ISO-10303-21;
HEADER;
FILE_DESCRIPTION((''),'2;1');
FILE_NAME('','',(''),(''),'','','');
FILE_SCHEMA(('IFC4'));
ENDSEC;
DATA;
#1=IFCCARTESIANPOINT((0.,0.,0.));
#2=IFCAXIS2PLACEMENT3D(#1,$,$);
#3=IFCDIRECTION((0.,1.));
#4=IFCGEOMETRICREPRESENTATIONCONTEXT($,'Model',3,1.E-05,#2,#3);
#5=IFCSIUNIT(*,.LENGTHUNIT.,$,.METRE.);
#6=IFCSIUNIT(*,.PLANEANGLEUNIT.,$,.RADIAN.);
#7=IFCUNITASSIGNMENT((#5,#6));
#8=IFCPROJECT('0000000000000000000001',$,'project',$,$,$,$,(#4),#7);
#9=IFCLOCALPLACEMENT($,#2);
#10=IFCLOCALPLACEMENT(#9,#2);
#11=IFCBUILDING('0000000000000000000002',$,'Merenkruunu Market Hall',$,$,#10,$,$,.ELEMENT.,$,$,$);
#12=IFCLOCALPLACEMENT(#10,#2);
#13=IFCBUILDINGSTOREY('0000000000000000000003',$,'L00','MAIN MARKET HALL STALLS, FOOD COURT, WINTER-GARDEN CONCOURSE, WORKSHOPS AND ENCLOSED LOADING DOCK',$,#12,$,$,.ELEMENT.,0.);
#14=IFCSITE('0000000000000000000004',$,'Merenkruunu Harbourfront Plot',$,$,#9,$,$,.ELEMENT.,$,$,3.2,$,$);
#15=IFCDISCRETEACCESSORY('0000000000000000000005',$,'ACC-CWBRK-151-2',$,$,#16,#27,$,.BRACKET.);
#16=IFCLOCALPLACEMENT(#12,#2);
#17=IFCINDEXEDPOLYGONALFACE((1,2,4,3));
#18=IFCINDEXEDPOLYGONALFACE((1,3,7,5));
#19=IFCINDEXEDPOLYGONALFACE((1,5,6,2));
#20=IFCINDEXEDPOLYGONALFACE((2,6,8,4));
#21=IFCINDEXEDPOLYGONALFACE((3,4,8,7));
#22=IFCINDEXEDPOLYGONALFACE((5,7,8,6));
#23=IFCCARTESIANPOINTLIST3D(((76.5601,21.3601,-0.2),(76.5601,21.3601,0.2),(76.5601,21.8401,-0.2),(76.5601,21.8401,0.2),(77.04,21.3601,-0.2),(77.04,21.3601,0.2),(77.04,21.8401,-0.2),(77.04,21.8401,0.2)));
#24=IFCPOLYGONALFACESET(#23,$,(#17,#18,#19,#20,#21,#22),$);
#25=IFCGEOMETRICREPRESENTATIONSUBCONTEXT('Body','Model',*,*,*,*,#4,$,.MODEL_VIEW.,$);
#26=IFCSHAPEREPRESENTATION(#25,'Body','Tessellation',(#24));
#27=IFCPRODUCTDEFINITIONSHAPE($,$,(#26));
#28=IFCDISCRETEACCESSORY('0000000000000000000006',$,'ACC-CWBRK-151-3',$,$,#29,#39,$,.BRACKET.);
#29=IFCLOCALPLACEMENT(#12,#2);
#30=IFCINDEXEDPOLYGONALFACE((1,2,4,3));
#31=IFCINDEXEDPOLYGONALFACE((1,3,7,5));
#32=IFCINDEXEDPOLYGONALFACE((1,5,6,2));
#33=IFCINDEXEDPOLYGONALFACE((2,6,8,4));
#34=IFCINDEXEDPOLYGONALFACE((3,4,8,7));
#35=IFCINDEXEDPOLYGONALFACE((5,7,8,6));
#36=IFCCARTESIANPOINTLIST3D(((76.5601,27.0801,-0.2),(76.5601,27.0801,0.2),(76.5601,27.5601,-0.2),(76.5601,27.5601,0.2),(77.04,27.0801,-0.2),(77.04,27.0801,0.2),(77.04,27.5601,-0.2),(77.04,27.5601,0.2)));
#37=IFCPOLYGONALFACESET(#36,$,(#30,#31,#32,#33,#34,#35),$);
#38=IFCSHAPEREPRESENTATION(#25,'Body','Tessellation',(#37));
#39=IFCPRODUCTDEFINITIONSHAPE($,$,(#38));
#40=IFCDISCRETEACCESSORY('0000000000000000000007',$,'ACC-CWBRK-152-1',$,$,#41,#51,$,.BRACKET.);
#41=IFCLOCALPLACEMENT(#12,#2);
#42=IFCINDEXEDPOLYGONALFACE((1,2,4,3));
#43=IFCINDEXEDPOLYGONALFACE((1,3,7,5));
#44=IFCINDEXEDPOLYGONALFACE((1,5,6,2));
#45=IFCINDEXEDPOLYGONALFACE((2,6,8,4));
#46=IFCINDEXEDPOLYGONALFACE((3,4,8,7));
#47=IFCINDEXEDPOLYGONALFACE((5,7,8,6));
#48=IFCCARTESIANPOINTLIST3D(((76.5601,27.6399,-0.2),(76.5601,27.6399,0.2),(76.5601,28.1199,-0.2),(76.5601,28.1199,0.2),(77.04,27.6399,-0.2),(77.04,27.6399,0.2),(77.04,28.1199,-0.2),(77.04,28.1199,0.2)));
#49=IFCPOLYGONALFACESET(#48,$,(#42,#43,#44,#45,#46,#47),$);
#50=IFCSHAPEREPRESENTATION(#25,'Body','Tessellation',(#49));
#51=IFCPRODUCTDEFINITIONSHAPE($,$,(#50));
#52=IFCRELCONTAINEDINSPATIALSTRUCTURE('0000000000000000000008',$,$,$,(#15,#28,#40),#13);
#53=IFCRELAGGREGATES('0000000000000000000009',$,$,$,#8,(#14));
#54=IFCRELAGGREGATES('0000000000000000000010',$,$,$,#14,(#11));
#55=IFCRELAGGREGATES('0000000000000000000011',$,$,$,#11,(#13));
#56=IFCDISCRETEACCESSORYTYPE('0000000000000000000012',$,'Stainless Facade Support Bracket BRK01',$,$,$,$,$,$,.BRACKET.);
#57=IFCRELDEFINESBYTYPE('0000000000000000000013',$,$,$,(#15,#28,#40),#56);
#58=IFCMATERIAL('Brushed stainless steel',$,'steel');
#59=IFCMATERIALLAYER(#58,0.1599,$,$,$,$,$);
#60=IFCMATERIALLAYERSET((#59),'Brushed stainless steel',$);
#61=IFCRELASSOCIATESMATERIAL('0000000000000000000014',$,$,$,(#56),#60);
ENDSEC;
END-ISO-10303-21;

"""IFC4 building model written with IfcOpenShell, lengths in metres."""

from ifc_helpers import new_model, si_unit, direction, frame, origin, origin_2d, place, context, subcontext, project, spatial, rectangle, extrude, material, layer, layer_set, type_object, element, save


model = new_model("IFC4")

# Units and contexts
model_context = context("Model", 3, precision=1e-05, world=origin(), true_north=direction((0.0, 1.0)))
body_context = subcontext(model_context, "Body", "Model", "MODEL_VIEW")
ifc_project = project(units=[si_unit("LENGTHUNIT", "METRE"), si_unit("PLANEANGLEUNIT", "RADIAN")], contexts=[model_context])

# Site, building, storey
site_placement = place(None, origin())
site = spatial("IfcSite", under=ifc_project, at=site_placement, Name="Merenkruunu Harbourfront Plot", CompositionType="ELEMENT", RefElevation=3.2)
building_placement = place(site_placement, origin())
building = spatial("IfcBuilding", under=site, at=building_placement, Name="Merenkruunu Market Hall", CompositionType="ELEMENT")
storey_placement = place(building_placement, origin())
storey = spatial("IfcBuildingStorey", under=building, at=storey_placement, Name="L00", Description="MAIN MARKET HALL STALLS, FOOD COURT, WINTER-GARDEN CONCOURSE, WORKSHOPS AND ENCLOSED LOADING DOCK", CompositionType="ELEMENT", Elevation=0.0)

# Discrete accessories
ifc_material_1 = material(Name="Brushed stainless steel", Category="steel")
ifc_layer_1 = layer(ifc_material_1, 0.1599)
ifc_layer_set_1 = layer_set([ifc_layer_1], Name="Brushed stainless steel")
discrete_accessory_type = type_object("IfcDiscreteAccessoryType", Name="Stainless Facade Support Bracket BRK01", PredefinedType="BRACKET", material=ifc_layer_set_1)
for number, where, z_axis, x_axis, name in (
    (1, (76.8, 21.6001, -0.2), (0.0, 0.0, 1.0), (1.0, 0.0, 0.0), "ACC-CWBRK-151-2"),
    (2, (76.8, 27.3201, -0.2), (0.0, 0.0, 1.0), (1.0, 0.0, 0.0), "ACC-CWBRK-151-3"),
    (3, (76.8, 27.8799, -0.2), (0.0, 0.0, 1.0), (1.0, 0.0, 0.0), "ACC-CWBRK-152-1"),
):
    element("IfcDiscreteAccessory", number, at=place(storey_placement, frame(where, z_axis=z_axis, x_axis=x_axis)), inside=storey, type_object=discrete_accessory_type, Name=name, PredefinedType="BRACKET", context=body_context, shape_type="SweptSolid", body=[
        extrude(rectangle(XDim=0.48, YDim=0.48, at=origin_2d()), origin(), (0.0, 0.0, 1.0), 0.3999),
    ])

save(model, "model.ifc")
